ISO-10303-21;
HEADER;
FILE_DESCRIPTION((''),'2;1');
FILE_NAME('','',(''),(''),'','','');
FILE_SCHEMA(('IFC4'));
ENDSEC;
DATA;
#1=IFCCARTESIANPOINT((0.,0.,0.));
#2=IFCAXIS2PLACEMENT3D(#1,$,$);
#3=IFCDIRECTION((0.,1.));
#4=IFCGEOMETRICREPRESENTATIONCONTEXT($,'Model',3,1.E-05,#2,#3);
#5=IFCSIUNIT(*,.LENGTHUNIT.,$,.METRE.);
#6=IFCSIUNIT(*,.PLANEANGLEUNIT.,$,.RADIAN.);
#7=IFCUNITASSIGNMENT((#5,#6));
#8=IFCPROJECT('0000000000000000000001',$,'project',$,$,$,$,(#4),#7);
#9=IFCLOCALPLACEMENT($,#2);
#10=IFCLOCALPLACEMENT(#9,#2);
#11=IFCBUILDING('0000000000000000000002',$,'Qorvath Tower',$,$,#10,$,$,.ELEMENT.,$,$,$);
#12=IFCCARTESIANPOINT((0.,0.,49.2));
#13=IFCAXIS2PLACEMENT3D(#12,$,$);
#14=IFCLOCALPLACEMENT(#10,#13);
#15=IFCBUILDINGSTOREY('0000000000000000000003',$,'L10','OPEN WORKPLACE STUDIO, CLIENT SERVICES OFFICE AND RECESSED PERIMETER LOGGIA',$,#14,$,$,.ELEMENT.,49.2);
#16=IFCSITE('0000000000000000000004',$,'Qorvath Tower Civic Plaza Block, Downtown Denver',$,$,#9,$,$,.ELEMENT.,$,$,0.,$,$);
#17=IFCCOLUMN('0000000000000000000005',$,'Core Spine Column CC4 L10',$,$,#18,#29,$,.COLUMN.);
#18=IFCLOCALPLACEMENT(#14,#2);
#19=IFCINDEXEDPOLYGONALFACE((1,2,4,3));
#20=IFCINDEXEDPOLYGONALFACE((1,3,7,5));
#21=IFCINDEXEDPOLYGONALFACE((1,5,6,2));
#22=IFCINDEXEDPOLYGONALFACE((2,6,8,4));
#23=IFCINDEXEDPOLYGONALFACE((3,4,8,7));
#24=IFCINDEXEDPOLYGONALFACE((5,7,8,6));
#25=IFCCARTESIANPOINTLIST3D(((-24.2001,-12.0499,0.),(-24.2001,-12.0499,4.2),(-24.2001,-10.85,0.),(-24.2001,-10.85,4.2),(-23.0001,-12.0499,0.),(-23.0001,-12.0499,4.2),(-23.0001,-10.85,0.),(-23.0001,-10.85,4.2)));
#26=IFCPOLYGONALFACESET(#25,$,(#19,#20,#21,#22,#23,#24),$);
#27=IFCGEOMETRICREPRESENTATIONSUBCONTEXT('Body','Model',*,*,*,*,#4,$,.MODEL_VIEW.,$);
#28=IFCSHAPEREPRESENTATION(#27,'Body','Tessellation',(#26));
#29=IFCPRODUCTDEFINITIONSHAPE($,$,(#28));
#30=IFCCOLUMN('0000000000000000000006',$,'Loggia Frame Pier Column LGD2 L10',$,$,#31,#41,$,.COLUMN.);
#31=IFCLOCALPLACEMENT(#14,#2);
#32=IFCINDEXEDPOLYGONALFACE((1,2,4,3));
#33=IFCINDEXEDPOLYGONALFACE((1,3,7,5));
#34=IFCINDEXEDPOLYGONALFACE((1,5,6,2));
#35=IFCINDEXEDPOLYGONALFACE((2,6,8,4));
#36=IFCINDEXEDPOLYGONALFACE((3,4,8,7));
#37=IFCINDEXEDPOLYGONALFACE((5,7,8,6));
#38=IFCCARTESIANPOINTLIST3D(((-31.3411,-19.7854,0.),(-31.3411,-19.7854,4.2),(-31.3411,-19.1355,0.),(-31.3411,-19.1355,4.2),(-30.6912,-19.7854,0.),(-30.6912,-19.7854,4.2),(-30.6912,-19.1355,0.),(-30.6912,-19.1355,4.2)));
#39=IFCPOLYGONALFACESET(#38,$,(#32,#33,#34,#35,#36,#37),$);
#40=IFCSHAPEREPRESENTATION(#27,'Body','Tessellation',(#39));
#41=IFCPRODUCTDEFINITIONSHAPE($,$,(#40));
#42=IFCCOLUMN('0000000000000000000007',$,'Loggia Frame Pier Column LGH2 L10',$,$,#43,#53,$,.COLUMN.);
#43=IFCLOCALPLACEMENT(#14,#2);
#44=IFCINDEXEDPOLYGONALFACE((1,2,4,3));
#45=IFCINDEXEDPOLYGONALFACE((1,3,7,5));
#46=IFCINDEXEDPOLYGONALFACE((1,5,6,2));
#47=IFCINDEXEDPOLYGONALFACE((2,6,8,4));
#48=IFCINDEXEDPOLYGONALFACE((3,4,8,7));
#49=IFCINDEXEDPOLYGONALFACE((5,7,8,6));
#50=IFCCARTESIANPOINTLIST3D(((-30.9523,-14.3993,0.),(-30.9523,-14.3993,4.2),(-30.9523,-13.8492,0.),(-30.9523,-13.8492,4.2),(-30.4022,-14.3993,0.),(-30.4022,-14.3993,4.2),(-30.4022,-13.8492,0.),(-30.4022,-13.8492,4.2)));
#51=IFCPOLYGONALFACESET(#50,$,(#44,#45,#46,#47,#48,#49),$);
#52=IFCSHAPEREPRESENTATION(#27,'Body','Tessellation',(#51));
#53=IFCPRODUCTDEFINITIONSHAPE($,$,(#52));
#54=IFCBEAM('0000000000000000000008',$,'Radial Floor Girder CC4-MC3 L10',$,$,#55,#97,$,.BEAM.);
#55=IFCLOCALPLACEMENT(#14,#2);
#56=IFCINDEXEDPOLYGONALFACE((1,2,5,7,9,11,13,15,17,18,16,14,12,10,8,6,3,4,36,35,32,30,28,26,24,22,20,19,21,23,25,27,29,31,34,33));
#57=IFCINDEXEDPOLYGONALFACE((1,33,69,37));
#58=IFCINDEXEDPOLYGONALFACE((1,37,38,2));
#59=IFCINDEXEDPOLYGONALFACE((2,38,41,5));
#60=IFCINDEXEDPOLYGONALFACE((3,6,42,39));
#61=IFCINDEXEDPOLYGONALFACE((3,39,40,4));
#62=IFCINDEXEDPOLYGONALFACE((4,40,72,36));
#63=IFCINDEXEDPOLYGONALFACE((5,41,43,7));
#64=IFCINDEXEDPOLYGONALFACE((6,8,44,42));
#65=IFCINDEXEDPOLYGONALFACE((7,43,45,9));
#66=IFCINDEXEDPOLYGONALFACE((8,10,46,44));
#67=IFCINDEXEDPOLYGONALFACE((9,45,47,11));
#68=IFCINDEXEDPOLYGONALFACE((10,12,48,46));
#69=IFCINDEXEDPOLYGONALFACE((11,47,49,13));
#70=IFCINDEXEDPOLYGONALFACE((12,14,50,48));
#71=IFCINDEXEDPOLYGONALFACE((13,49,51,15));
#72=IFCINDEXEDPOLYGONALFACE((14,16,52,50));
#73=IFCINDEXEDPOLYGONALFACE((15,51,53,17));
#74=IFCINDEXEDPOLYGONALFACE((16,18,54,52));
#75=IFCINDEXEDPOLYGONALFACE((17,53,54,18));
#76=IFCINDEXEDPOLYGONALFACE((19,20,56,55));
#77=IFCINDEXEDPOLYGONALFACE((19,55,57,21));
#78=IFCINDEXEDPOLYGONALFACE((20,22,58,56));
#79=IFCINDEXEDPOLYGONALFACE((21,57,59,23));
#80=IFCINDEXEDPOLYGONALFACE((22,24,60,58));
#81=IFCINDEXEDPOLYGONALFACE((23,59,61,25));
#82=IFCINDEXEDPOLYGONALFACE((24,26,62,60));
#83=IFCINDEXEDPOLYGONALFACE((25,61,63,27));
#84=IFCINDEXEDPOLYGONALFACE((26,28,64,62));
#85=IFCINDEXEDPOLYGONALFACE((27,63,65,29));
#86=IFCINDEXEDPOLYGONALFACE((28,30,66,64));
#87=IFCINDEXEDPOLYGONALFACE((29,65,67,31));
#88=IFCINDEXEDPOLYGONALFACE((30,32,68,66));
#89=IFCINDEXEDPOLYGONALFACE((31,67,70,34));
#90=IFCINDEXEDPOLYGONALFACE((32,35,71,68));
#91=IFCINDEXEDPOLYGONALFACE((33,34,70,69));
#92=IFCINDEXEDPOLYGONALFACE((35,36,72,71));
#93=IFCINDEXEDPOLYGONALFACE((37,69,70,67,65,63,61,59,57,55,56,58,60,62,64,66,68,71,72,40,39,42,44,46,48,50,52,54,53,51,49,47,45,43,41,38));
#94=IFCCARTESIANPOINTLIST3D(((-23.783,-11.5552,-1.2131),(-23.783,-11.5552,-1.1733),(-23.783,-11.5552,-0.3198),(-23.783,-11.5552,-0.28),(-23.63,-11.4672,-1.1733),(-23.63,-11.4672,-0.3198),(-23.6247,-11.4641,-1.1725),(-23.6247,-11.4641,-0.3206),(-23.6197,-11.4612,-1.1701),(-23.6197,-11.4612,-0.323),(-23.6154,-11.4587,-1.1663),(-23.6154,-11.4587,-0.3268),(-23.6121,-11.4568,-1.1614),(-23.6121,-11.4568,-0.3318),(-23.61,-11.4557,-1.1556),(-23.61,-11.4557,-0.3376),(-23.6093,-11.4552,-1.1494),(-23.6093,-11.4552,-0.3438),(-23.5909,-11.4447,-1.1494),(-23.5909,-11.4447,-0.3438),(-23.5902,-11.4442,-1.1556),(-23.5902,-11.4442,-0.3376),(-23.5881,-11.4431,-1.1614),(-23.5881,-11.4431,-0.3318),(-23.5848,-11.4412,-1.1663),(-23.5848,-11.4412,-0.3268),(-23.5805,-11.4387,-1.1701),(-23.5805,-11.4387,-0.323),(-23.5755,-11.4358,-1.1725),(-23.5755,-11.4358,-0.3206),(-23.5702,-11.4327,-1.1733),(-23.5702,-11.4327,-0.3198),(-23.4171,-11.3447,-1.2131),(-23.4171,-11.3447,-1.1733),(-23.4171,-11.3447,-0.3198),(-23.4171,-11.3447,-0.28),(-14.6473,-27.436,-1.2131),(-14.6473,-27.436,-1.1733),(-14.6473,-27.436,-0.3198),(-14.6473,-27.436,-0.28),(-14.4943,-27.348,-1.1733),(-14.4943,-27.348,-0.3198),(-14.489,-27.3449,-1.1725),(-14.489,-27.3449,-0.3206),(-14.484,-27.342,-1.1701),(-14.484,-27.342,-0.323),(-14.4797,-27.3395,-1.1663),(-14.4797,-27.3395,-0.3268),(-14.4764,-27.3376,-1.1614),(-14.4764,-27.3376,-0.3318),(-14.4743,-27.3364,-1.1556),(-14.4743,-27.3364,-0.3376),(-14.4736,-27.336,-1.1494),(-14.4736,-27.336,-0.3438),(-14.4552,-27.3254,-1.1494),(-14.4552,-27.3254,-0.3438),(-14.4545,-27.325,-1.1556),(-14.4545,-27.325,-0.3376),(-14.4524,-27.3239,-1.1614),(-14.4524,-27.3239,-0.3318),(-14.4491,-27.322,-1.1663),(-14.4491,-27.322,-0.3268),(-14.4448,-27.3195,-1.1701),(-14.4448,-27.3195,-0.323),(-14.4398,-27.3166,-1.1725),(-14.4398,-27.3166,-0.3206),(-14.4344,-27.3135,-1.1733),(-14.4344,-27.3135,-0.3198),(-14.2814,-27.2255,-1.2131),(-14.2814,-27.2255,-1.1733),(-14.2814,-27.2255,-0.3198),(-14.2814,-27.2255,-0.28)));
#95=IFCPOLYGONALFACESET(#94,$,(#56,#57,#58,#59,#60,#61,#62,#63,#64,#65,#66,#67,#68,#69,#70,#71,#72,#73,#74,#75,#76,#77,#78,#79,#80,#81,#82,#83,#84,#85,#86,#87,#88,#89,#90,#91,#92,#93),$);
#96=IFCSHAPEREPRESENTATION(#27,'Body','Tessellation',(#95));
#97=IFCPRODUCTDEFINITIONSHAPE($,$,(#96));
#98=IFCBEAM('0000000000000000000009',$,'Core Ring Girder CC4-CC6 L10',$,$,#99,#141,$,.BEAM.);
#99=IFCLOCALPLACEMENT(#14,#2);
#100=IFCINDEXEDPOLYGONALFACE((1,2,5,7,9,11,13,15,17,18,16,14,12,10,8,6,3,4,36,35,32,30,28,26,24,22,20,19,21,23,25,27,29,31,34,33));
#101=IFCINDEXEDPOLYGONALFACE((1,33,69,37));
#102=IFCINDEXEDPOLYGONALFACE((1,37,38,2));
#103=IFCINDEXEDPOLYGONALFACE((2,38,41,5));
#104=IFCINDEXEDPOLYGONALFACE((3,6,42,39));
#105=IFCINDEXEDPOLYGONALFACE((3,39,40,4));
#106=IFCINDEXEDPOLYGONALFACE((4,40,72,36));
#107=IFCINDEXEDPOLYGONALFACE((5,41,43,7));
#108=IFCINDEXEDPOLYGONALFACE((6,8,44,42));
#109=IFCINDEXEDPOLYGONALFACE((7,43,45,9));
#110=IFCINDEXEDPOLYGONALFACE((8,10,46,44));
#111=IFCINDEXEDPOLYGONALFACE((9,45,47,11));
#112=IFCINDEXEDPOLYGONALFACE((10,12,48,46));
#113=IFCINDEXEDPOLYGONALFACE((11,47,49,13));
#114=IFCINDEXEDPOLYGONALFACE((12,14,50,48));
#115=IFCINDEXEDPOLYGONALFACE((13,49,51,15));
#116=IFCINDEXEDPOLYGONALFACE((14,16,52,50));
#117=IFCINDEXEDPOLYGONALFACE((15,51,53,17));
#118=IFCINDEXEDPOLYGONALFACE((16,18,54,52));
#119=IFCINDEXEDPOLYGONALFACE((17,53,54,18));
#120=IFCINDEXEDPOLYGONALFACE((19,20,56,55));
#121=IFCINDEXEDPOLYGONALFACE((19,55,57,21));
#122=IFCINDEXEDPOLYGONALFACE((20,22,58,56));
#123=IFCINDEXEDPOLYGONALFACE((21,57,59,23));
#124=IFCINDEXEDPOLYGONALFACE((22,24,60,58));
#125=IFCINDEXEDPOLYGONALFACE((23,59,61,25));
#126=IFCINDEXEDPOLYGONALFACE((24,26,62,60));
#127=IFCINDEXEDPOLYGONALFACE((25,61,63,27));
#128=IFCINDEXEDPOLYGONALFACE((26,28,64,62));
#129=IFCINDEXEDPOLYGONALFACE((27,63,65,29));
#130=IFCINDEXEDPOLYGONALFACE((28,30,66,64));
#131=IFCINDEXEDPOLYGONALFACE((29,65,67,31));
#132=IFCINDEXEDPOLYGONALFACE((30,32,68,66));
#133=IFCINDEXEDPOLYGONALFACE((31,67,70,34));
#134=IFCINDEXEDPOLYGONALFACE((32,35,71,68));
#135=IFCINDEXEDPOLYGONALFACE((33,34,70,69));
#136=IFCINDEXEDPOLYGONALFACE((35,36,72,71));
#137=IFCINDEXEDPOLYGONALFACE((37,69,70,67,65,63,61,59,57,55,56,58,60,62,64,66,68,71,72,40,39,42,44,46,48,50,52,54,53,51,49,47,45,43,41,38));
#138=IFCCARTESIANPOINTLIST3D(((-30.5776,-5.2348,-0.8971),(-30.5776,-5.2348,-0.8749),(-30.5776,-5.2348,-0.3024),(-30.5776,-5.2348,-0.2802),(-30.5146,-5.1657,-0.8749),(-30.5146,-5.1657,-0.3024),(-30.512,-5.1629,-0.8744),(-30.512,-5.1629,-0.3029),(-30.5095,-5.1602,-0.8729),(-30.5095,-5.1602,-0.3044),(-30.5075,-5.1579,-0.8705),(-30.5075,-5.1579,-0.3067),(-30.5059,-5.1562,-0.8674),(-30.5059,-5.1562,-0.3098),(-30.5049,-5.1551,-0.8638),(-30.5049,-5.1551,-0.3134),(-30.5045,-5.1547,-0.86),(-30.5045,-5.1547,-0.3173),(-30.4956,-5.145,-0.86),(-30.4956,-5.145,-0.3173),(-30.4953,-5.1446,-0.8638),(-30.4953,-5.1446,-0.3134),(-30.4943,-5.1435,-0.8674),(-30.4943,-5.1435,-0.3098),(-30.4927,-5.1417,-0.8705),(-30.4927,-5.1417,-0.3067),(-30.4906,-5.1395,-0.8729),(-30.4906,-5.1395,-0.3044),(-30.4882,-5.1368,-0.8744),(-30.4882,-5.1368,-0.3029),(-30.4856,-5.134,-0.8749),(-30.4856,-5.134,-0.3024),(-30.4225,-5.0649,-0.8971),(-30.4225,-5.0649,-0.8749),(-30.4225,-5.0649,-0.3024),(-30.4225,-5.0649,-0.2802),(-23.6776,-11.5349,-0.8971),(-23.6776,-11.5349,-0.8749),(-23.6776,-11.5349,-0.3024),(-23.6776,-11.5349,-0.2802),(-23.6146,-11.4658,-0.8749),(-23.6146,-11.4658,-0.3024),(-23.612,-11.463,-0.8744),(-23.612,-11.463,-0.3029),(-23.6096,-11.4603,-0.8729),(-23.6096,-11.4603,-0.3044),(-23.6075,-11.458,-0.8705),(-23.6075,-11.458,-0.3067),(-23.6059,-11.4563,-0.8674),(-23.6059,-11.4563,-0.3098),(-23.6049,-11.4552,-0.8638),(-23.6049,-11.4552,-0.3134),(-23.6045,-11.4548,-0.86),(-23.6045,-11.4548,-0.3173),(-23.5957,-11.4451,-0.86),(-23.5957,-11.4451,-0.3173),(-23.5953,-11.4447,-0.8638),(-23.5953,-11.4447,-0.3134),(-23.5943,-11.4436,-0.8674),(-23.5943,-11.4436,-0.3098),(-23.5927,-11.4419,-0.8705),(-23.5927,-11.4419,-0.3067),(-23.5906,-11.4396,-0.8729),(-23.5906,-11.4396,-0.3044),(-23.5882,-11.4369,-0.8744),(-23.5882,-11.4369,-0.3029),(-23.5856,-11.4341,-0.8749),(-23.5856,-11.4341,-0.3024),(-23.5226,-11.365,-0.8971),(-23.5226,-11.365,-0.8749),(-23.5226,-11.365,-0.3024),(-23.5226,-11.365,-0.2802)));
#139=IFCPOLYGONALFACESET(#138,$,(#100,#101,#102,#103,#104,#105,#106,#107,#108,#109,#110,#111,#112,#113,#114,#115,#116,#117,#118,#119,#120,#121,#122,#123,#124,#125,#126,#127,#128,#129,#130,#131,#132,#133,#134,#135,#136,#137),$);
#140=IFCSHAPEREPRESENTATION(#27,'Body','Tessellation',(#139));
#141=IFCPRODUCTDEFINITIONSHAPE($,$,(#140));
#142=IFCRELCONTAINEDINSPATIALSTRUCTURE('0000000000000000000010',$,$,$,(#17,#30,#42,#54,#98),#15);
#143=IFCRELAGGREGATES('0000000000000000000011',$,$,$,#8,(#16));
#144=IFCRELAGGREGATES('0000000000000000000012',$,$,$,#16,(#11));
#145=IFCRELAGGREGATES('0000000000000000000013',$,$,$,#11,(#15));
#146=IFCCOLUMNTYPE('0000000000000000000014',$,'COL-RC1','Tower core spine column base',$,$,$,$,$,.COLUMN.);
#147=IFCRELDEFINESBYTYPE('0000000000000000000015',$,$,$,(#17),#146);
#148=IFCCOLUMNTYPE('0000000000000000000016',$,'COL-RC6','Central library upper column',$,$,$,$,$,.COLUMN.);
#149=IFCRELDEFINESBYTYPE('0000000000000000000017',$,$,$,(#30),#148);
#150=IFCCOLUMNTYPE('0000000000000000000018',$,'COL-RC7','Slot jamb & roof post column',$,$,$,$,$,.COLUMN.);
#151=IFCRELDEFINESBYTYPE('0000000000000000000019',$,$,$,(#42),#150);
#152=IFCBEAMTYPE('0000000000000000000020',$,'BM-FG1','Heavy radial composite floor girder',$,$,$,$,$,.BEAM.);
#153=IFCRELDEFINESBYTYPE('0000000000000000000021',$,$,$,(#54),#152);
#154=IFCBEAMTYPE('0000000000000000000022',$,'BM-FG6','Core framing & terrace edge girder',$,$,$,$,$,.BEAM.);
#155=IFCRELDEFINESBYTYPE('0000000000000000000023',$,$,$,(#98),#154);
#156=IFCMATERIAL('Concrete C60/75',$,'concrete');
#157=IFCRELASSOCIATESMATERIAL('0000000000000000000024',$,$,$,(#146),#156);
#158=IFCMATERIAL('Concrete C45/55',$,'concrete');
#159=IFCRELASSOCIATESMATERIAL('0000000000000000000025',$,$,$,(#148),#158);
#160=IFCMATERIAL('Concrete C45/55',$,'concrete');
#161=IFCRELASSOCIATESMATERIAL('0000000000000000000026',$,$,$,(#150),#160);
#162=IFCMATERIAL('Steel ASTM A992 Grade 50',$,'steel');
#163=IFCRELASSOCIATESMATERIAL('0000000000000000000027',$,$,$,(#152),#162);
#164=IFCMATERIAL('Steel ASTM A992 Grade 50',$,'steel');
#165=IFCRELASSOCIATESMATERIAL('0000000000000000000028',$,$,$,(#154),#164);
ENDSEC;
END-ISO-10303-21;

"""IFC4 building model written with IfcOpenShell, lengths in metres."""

from ifc_helpers import new_model, si_unit, direction, frame, origin, origin_2d, place, context, subcontext, project, spatial, rectangle, i_section, extrude, material, material_profile, profile_set, type_object, element, save


model = new_model("IFC4")

# Units and contexts
model_context = context("Model", 3, precision=1e-05, world=origin(), true_north=direction((0.0, 1.0)))
body_context = subcontext(model_context, "Body", "Model", "MODEL_VIEW")
ifc_project = project(units=[si_unit("LENGTHUNIT", "METRE"), si_unit("PLANEANGLEUNIT", "RADIAN")], contexts=[model_context])

# Site, building, storey
site_placement = place(None, origin())
site = spatial("IfcSite", under=ifc_project, at=site_placement, Name="Qorvath Tower Civic Plaza Block, Downtown Denver", CompositionType="ELEMENT", RefElevation=0.0)
building_placement = place(site_placement, origin())
building = spatial("IfcBuilding", under=site, at=building_placement, Name="Qorvath Tower", CompositionType="ELEMENT")
storey_placement = place(building_placement, frame((0.0, 0.0, 49.2)))
storey = spatial("IfcBuildingStorey", under=building, at=storey_placement, Name="L10", Description="OPEN WORKPLACE STUDIO, CLIENT SERVICES OFFICE AND RECESSED PERIMETER LOGGIA", CompositionType="ELEMENT", Elevation=49.2)

# Columns
ifc_material_1 = material(Name="Concrete C60/75", Category="concrete")
ifc_material_profile_1 = material_profile(ifc_material_1, rectangle(XDim=1.2, YDim=1.2, at=origin_2d()), Name="RC 1200x1200")
ifc_profile_set_1 = profile_set([ifc_material_profile_1], Name="Concrete C60/75")
column_type_1 = type_object("IfcColumnType", Name="COL-RC1", Description="Tower core spine column base", PredefinedType="COLUMN", material=ifc_profile_set_1)
column_1_placement = place(storey_placement, frame((-23.6001, -11.45, 0.0), z_axis=(0.0, 0.0, 1.0), x_axis=(1.0, 0.0, 0.0)))
element("IfcColumn", 1, at=column_1_placement, inside=storey, type_object=column_type_1, Name="Core Spine Column CC4 L10", PredefinedType="COLUMN", context=body_context, shape_type="SweptSolid", body=[
    extrude(rectangle(XDim=1.2, YDim=1.2, at=origin_2d()), origin(), (0.0, 0.0, 1.0), 4.2),
])
ifc_material_2 = material(Name="Concrete C45/55", Category="concrete")
ifc_material_profile_2 = material_profile(ifc_material_2, rectangle(XDim=0.6499, YDim=0.6499, at=origin_2d()), Name="RC 650x650")
ifc_profile_set_2 = profile_set([ifc_material_profile_2], Name="Concrete C45/55")
column_type_2 = type_object("IfcColumnType", Name="COL-RC6", Description="Central library upper column", PredefinedType="COLUMN", material=ifc_profile_set_2)
column_2_placement = place(storey_placement, frame((-31.0161, -19.4604, 0.0), z_axis=(0.0, 0.0, 1.0), x_axis=(1.0, 0.0, 0.0)))
element("IfcColumn", 2, at=column_2_placement, inside=storey, type_object=column_type_2, Name="Loggia Frame Pier Column LGD2 L10", PredefinedType="COLUMN", context=body_context, shape_type="SweptSolid", body=[
    extrude(rectangle(XDim=0.6499, YDim=0.6499, at=origin_2d()), origin(), (0.0, 0.0, 1.0), 4.2),
])
ifc_material_3 = material(Name="Concrete C45/55", Category="concrete")
ifc_material_profile_3 = material_profile(ifc_material_3, rectangle(XDim=0.55, YDim=0.55, at=origin_2d()), Name="RC 550x550")
ifc_profile_set_3 = profile_set([ifc_material_profile_3], Name="Concrete C45/55")
column_type_3 = type_object("IfcColumnType", Name="COL-RC7", Description="Slot jamb & roof post column", PredefinedType="COLUMN", material=ifc_profile_set_3)
column_3_placement = place(storey_placement, frame((-30.6772, -14.1243, 0.0), z_axis=(0.0, 0.0, 1.0), x_axis=(1.0, 0.0, 0.0)))
element("IfcColumn", 3, at=column_3_placement, inside=storey, type_object=column_type_3, Name="Loggia Frame Pier Column LGH2 L10", PredefinedType="COLUMN", context=body_context, shape_type="SweptSolid", body=[
    extrude(rectangle(XDim=0.55, YDim=0.55, at=origin_2d()), origin(), (0.0, 0.0, 1.0), 4.2),
])

# Beams
ifc_material_4 = material(Name="Steel ASTM A992 Grade 50", Category="steel")
ifc_material_profile_4 = material_profile(ifc_material_4, i_section(OverallWidth=0.4221, OverallDepth=0.9331, WebThickness=0.0212, FlangeThickness=0.0398, FilletRadius=0.0239, at=origin_2d()), Name="W36x262")
ifc_profile_set_4 = profile_set([ifc_material_profile_4], Name="Steel ASTM A992 Grade 50")
beam_type_1 = type_object("IfcBeamType", Name="BM-FG1", Description="Heavy radial composite floor girder", PredefinedType="BEAM", material=ifc_profile_set_4)
beam_1_placement = place(storey_placement, frame((-23.6001, -11.45, -0.7466), z_axis=(0.498645, -0.866806, 0.0), x_axis=(0.866806, 0.498645, 0.0)))
element("IfcBeam", 4, at=beam_1_placement, inside=storey, type_object=beam_type_1, Name="Radial Floor Girder CC4-MC3 L10", PredefinedType="BEAM", context=body_context, shape_type="SweptSolid", body=[
    extrude(i_section(OverallWidth=0.4221, OverallDepth=0.9331, WebThickness=0.0212, FlangeThickness=0.0398, FilletRadius=0.0239, at=origin_2d()), origin(), (0.0, 0.0, 1.0), 18.321),
])
ifc_material_5 = material(Name="Steel ASTM A992 Grade 50", Category="steel")
ifc_material_profile_5 = material_profile(ifc_material_5, i_section(OverallWidth=0.23, OverallDepth=0.6169, WebThickness=0.0132, FlangeThickness=0.0222, FilletRadius=0.0149, at=origin_2d()), Name="W24x94")
ifc_profile_set_5 = profile_set([ifc_material_profile_5], Name="Steel ASTM A992 Grade 50")
beam_type_2 = type_object("IfcBeamType", Name="BM-FG6", Description="Core framing & terrace edge girder", PredefinedType="BEAM", material=ifc_profile_set_5)
beam_2_placement = place(storey_placement, frame((-23.6001, -11.45, -0.5886), z_axis=(-0.738478, 0.674277, 0.0), x_axis=(-0.674277, -0.738478, 0.0)))
element("IfcBeam", 5, at=beam_2_placement, inside=storey, type_object=beam_type_2, Name="Core Ring Girder CC4-CC6 L10", PredefinedType="BEAM", context=body_context, shape_type="SweptSolid", body=[
    extrude(i_section(OverallWidth=0.23, OverallDepth=0.6169, WebThickness=0.0132, FlangeThickness=0.0222, FilletRadius=0.0149, at=origin_2d()), origin(), (0.0, 0.0, 1.0), 9.3435),
])

save(model, "model.ifc")
